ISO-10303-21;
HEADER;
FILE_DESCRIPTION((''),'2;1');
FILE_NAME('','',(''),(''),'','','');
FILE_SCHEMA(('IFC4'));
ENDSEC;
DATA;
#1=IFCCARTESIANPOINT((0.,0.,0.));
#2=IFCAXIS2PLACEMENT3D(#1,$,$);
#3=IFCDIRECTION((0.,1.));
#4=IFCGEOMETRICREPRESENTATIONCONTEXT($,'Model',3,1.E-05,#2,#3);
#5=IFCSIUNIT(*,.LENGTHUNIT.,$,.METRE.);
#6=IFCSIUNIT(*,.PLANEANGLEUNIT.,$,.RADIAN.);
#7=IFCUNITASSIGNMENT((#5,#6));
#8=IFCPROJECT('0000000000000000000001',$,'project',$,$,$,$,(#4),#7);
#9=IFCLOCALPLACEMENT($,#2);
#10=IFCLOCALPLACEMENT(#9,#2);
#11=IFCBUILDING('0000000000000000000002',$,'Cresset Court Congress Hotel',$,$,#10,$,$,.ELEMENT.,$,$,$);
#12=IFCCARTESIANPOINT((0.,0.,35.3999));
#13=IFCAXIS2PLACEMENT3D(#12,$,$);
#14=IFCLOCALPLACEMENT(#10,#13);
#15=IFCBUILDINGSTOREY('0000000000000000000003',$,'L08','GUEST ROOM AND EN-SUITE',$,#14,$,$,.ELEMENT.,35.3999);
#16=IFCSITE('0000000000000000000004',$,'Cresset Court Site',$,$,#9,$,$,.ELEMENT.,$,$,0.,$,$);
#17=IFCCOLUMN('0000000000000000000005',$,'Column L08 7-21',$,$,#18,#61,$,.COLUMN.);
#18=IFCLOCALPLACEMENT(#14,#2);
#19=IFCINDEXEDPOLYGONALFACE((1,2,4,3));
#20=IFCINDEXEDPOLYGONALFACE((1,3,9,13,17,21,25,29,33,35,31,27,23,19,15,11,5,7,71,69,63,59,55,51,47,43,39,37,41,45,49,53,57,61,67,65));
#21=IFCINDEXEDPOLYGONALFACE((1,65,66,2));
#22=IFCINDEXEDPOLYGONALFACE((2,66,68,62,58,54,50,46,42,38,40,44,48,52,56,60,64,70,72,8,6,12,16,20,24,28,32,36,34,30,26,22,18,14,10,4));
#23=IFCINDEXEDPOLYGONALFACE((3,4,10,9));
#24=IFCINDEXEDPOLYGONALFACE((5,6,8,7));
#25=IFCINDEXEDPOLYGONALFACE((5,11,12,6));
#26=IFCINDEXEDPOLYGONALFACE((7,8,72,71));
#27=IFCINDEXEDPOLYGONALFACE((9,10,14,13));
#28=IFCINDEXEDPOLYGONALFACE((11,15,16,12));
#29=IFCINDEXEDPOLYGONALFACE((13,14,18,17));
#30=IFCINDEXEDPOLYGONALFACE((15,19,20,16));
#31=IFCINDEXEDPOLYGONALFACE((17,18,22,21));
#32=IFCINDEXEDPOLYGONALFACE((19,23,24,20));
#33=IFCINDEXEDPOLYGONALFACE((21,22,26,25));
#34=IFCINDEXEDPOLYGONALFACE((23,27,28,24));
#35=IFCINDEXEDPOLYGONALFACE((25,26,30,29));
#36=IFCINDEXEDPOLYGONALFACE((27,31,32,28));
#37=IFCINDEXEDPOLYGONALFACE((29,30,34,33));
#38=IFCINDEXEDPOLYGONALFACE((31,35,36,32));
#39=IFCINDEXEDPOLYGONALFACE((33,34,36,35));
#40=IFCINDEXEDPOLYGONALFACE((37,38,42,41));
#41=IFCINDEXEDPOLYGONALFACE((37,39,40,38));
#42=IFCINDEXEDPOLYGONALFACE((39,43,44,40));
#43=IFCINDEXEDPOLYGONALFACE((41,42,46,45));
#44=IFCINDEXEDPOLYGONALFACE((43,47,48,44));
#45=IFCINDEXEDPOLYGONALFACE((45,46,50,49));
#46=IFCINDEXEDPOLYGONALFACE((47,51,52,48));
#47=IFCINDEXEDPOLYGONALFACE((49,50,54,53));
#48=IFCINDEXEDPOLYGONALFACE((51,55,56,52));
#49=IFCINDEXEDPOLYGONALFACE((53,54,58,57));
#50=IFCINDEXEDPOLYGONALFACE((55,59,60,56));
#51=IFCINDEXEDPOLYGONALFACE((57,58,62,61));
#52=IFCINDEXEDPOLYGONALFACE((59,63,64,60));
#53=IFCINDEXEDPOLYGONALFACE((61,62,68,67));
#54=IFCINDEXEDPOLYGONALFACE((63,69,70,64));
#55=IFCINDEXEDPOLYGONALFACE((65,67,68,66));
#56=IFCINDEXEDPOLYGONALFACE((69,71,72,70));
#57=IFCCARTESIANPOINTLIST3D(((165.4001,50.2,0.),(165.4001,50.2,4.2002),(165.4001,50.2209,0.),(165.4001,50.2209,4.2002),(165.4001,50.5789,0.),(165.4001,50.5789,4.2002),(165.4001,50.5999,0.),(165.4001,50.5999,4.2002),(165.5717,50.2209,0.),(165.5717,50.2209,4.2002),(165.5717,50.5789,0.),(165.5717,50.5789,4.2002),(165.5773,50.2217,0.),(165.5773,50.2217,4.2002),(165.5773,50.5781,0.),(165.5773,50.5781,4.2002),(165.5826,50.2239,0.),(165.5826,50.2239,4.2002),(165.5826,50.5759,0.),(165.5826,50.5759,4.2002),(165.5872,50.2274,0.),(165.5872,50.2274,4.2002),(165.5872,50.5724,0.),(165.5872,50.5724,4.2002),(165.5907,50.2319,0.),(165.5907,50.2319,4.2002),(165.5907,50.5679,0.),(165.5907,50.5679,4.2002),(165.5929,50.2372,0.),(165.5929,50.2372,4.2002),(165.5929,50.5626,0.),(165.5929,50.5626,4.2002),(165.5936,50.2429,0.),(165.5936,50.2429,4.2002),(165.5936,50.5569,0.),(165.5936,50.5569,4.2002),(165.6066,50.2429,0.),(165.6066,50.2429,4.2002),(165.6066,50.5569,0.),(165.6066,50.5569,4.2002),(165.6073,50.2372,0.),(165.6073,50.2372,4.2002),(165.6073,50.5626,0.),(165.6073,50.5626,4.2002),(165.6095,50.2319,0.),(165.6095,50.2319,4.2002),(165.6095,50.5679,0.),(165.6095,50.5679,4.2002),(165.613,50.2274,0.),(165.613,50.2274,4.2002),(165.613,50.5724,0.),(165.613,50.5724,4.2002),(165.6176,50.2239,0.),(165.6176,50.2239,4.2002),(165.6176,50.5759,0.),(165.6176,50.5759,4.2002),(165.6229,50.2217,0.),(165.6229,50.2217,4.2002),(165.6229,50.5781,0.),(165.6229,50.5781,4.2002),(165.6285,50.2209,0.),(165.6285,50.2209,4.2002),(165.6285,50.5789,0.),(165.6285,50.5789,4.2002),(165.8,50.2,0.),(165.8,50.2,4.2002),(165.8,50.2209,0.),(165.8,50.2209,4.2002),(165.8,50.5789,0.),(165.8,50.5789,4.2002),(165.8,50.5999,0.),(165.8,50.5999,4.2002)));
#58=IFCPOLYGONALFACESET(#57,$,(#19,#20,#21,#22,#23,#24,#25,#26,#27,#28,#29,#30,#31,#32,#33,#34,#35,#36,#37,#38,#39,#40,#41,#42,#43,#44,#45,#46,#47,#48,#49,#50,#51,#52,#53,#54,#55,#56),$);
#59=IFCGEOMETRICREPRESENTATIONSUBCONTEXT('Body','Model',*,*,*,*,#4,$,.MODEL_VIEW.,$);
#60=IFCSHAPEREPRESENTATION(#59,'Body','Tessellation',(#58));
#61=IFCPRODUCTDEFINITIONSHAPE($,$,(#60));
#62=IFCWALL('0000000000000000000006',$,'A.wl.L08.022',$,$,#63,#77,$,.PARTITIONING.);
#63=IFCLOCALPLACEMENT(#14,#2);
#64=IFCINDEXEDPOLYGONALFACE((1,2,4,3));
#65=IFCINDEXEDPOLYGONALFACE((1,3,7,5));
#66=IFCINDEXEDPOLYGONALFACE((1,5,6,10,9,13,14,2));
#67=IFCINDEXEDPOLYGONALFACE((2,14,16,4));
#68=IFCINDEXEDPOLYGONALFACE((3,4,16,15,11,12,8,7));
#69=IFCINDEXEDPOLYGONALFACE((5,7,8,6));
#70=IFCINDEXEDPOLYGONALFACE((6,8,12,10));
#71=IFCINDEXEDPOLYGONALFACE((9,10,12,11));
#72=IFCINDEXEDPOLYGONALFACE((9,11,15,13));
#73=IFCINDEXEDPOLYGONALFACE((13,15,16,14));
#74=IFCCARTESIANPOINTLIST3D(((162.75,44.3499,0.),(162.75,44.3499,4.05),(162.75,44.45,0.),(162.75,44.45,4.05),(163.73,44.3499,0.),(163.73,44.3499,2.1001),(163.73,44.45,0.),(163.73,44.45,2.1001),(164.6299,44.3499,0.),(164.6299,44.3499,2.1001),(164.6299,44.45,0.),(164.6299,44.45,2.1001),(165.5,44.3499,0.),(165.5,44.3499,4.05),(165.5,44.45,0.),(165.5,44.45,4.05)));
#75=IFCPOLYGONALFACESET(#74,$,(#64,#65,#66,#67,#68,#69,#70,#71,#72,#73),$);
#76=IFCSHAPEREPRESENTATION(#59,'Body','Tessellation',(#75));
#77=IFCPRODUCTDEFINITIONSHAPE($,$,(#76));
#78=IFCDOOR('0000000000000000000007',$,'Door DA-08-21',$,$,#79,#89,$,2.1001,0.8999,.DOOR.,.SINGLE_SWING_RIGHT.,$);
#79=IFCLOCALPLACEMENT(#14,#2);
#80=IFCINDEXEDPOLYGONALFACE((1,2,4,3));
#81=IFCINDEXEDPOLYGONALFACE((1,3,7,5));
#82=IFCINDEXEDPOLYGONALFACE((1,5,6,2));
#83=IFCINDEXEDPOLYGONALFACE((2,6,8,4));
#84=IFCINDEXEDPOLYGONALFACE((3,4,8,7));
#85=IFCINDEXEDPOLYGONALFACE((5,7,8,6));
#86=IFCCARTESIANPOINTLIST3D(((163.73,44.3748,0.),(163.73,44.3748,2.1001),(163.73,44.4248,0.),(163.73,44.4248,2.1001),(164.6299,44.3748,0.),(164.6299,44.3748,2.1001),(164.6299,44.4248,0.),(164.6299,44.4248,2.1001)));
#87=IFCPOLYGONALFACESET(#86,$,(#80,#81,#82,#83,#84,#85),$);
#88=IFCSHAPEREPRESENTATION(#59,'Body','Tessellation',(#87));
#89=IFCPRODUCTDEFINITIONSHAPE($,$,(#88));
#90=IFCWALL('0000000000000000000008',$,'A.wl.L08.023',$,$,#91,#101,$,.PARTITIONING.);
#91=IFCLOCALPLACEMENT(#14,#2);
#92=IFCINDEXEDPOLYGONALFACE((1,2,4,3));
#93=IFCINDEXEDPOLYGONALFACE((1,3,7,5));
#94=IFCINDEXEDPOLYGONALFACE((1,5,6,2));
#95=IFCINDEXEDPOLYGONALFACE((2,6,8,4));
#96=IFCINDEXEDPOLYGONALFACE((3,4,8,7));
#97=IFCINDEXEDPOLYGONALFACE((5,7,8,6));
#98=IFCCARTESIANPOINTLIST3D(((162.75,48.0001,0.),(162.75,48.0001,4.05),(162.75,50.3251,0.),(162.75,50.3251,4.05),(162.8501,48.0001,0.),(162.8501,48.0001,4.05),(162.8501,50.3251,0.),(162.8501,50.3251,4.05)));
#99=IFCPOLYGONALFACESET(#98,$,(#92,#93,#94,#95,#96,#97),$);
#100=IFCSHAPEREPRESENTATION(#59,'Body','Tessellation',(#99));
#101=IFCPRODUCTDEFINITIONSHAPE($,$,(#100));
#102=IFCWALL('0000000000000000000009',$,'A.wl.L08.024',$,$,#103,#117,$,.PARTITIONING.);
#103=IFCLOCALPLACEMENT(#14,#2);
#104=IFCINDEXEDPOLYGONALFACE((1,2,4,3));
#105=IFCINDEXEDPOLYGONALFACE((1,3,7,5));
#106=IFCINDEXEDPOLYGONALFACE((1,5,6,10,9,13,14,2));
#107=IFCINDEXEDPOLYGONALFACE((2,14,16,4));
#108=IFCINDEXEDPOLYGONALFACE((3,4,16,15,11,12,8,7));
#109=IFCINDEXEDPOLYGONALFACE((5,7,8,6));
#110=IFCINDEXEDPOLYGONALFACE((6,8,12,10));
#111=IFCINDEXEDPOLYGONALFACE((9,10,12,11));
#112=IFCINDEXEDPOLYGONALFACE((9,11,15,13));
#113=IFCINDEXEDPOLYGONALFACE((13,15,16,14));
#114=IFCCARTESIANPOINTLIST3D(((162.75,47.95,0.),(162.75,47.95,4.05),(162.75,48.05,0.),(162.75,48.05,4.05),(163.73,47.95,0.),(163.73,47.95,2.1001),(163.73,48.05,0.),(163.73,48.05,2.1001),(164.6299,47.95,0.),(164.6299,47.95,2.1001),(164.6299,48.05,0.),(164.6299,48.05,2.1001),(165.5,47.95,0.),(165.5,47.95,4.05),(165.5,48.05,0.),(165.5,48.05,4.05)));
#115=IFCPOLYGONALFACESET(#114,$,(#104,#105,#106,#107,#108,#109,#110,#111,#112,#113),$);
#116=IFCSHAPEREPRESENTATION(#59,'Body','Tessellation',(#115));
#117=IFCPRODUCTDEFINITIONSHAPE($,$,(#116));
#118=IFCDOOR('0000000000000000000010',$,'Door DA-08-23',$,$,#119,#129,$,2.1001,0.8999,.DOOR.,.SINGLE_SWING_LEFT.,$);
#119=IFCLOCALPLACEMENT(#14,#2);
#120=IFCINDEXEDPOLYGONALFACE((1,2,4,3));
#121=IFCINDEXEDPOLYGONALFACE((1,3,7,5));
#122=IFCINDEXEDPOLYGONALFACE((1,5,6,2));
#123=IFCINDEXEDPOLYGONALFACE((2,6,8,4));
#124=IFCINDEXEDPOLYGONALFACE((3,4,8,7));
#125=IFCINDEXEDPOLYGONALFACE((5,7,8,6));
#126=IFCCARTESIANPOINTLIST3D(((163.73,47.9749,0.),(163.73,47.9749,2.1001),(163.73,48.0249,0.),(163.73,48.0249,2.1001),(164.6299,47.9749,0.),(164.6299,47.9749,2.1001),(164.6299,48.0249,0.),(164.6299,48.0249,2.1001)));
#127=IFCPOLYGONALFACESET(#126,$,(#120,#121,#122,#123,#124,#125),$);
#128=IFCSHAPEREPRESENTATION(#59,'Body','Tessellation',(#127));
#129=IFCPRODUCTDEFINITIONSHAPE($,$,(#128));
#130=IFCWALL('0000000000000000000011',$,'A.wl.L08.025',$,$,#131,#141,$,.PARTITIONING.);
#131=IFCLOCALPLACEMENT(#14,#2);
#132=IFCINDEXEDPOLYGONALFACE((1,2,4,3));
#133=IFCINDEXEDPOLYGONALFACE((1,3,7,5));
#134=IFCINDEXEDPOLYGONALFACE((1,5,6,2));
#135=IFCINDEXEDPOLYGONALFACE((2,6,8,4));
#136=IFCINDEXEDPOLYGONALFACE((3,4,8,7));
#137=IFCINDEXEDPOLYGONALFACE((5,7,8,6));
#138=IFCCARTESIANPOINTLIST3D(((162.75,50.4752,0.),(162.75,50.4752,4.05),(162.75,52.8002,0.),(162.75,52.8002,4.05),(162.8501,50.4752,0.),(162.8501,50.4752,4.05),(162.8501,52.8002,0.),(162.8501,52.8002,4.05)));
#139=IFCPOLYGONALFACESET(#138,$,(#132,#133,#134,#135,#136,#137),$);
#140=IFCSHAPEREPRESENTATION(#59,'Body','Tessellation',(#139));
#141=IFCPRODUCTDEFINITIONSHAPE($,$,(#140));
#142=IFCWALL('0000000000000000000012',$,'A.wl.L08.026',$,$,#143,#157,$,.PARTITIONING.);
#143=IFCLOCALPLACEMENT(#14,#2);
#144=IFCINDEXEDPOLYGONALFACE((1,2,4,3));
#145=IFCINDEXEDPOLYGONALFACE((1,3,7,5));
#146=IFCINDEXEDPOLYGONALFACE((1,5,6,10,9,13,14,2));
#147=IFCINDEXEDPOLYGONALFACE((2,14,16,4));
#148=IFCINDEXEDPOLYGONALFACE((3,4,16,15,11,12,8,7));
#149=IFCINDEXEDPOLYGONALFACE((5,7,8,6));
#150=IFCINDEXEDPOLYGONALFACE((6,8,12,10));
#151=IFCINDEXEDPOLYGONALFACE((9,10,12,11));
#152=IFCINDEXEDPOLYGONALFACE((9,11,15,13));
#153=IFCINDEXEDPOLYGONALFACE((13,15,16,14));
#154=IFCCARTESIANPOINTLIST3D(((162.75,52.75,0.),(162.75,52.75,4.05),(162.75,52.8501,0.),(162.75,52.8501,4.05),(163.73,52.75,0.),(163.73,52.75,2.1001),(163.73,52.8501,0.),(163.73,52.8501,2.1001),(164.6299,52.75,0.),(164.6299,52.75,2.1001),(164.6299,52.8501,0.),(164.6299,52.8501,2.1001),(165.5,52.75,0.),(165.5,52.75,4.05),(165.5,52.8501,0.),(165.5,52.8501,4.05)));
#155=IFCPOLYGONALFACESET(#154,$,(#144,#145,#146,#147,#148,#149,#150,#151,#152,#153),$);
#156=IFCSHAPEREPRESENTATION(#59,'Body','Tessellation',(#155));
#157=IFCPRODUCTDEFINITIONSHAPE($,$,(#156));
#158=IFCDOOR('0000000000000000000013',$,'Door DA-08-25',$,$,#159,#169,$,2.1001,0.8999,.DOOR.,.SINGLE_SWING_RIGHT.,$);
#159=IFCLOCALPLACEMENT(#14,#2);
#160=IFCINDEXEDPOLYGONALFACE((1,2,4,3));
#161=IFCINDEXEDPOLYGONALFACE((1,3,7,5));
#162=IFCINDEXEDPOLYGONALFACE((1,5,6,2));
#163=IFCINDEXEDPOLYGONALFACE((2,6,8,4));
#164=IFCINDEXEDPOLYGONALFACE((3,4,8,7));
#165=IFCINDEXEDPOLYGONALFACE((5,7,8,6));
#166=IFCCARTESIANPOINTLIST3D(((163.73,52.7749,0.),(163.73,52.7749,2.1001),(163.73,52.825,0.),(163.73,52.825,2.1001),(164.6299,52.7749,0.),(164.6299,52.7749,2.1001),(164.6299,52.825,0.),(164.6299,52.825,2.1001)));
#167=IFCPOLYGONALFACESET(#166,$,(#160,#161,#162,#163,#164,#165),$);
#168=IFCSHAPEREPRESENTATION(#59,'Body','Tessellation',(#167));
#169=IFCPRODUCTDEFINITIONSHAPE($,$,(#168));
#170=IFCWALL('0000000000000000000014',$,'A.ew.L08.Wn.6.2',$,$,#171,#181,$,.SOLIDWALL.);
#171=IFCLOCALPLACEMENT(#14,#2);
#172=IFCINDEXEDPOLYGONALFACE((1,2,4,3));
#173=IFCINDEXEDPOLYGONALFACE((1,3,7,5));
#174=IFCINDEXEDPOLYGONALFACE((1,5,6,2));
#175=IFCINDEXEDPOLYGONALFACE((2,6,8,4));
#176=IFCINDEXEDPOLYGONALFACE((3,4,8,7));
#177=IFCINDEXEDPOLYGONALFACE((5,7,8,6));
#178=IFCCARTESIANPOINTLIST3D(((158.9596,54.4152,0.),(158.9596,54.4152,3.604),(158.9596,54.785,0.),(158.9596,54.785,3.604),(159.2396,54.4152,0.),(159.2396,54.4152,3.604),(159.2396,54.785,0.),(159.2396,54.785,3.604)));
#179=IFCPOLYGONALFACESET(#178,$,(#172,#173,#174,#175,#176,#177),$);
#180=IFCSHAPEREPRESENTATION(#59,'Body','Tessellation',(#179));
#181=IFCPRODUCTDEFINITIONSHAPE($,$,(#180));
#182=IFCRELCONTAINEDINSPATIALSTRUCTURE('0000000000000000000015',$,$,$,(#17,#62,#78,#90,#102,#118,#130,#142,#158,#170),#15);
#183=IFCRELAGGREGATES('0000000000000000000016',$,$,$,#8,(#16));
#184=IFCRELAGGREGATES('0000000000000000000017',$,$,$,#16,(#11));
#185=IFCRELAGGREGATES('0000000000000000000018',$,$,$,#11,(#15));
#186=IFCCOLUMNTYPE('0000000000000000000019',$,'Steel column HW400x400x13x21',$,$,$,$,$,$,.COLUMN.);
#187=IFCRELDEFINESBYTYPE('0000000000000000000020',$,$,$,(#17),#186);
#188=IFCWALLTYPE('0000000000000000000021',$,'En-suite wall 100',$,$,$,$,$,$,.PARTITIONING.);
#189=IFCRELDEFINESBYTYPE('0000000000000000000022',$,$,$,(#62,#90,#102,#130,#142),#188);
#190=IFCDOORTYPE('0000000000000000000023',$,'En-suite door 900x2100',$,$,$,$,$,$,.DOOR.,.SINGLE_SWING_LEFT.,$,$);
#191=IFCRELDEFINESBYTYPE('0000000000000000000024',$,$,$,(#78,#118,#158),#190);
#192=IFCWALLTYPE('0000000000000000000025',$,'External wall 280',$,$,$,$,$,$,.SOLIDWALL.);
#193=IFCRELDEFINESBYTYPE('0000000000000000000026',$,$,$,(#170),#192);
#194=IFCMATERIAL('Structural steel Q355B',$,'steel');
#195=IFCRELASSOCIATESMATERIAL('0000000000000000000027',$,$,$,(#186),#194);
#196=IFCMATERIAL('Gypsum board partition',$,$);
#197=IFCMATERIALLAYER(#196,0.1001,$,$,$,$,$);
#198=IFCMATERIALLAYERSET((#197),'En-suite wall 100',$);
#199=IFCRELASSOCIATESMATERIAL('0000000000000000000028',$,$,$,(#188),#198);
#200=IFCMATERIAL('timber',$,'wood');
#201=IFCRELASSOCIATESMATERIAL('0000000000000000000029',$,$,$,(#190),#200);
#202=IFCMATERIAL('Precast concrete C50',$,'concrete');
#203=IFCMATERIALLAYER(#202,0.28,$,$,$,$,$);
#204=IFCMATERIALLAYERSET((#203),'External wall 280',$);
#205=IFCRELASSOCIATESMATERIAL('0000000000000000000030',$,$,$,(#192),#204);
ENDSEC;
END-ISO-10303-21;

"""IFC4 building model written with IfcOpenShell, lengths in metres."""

from ifc_helpers import new_model, si_unit, direction, frame, frame_2d, origin, origin_2d, place, context, subcontext, project, spatial, rectangle, i_section, extrude, material, layer, layer_set, material_profile, profile_set, type_object, element, fill, save


model = new_model("IFC4")

# Units and contexts
model_context = context("Model", 3, precision=1e-05, world=origin(), true_north=direction((0.0, 1.0)))
body_context = subcontext(model_context, "Body", "Model", "MODEL_VIEW")
ifc_project = project(units=[si_unit("LENGTHUNIT", "METRE"), si_unit("PLANEANGLEUNIT", "RADIAN")], contexts=[model_context])

# Site, building, storey
site_placement = place(None, origin())
site = spatial("IfcSite", under=ifc_project, at=site_placement, Name="Cresset Court Site", CompositionType="ELEMENT", RefElevation=0.0)
building_placement = place(site_placement, origin())
building = spatial("IfcBuilding", under=site, at=building_placement, Name="Cresset Court Congress Hotel", CompositionType="ELEMENT")
storey_placement = place(building_placement, frame((0.0, 0.0, 35.3999)))
storey = spatial("IfcBuildingStorey", under=building, at=storey_placement, Name="L08", Description="GUEST ROOM AND EN-SUITE", CompositionType="ELEMENT", Elevation=35.3999)

# Column
ifc_material_1 = material(Name="Structural steel Q355B", Category="steel")
ifc_material_profile = material_profile(ifc_material_1, i_section(OverallWidth=0.3999, OverallDepth=0.3999, WebThickness=0.0129, FlangeThickness=0.021, FilletRadius=0.022, at=origin_2d()), Name="HW400x400x13x21")
ifc_profile_set = profile_set([ifc_material_profile], Name="Structural steel Q355B")
column_type = type_object("IfcColumnType", Name="Steel column HW400x400x13x21", PredefinedType="COLUMN", material=ifc_profile_set)
column_placement = place(storey_placement, frame((165.6001, 50.3999, 0.0), z_axis=(0.0, 0.0, 1.0), x_axis=(1.0, 0.0, 0.0)))
element("IfcColumn", 1, at=column_placement, inside=storey, type_object=column_type, Name="Column L08 7-21", PredefinedType="COLUMN", context=body_context, shape_type="SweptSolid", body=[
    extrude(i_section(OverallWidth=0.3999, OverallDepth=0.3999, WebThickness=0.0129, FlangeThickness=0.021, FilletRadius=0.022, at=origin_2d()), origin(), (0.0, 0.0, 1.0), 4.2002),
])

# Wall, opening, door
ifc_material_2 = material(Name="Gypsum board partition")
ifc_layer_1 = layer(ifc_material_2, 0.1001)
ifc_layer_set_1 = layer_set([ifc_layer_1], Name="En-suite wall 100")
wall_type_1 = type_object("IfcWallType", Name="En-suite wall 100", PredefinedType="PARTITIONING", material=ifc_layer_set_1)
wall_1_placement = place(storey_placement, frame((162.75, 44.3999, 0.0), z_axis=(0.0, 0.0, 1.0), x_axis=(1.0, 0.0, 0.0)))
wall_1 = element("IfcWall", 2, at=wall_1_placement, inside=storey, type_object=wall_type_1, Name="A.wl.L08.022", PredefinedType="PARTITIONING", context=body_context, shape_type="SweptSolid", body=[
    extrude(rectangle(XDim=2.75, YDim=0.1001, at=frame_2d((1.375, 0.0))), origin(), (0.0, 0.0, 1.0), 4.05),
])
opening_1_placement = place(wall_1_placement, frame((0.98, 0.0, 0.0)))
opening_1 = element("IfcOpeningElement", 3, at=opening_1_placement, cuts=wall_1, PredefinedType="OPENING", context=body_context, shape_type="SweptSolid", body=[
    extrude(rectangle(XDim=0.8999, YDim=2.1001, at=frame_2d((0.45, 1.05))), frame((0.0, 0.0601, 0.0), z_axis=(0.0, -1.0, 0.0), x_axis=(1.0, 0.0, 0.0)), (0.0, 0.0, 1.0), 0.1201),
])
ifc_material_3 = material(Name="timber", Category="wood")
door_type = type_object("IfcDoorType", Name="En-suite door 900x2100", OperationType="SINGLE_SWING_LEFT", PredefinedType="DOOR", material=ifc_material_3)
door_1_placement = place(opening_1_placement, origin())
door_1 = element("IfcDoor", 4, at=door_1_placement, inside=storey, type_object=door_type, Name="Door DA-08-21", OperationType="SINGLE_SWING_RIGHT", OverallHeight=2.1001, OverallWidth=0.8999, PredefinedType="DOOR", context=body_context, shape_type="SweptSolid", body=[
    extrude(rectangle(XDim=0.8999, YDim=2.1001, at=frame_2d((0.45, 1.05))), frame((0.0, 0.0249, 0.0), z_axis=(0.0, -1.0, 0.0), x_axis=(1.0, 0.0, 0.0)), (0.0, 0.0, 1.0), 0.05),
])
fill(opening_1, door_1)

# Wall
wall_2_placement = place(storey_placement, frame((162.8, 48.0, 0.0), z_axis=(0.0, 0.0, 1.0), x_axis=(0.0, 1.0, 0.0)))
element("IfcWall", 5, at=wall_2_placement, inside=storey, type_object=wall_type_1, Name="A.wl.L08.023", PredefinedType="PARTITIONING", context=body_context, shape_type="SweptSolid", body=[
    extrude(rectangle(XDim=2.325, YDim=0.1001, at=frame_2d((1.1626, 0.0))), origin(), (0.0, 0.0, 1.0), 4.05),
])

# Wall, opening, door
wall_3_placement = place(storey_placement, frame((162.75, 48.0, 0.0), z_axis=(0.0, 0.0, 1.0), x_axis=(1.0, 0.0, 0.0)))
wall_3 = element("IfcWall", 6, at=wall_3_placement, inside=storey, type_object=wall_type_1, Name="A.wl.L08.024", PredefinedType="PARTITIONING", context=body_context, shape_type="SweptSolid", body=[
    extrude(rectangle(XDim=2.75, YDim=0.1001, at=frame_2d((1.375, 0.0))), origin(), (0.0, 0.0, 1.0), 4.05),
])
opening_2_placement = place(wall_3_placement, frame((0.98, 0.0, 0.0)))
opening_2 = element("IfcOpeningElement", 7, at=opening_2_placement, cuts=wall_3, PredefinedType="OPENING", context=body_context, shape_type="SweptSolid", body=[
    extrude(rectangle(XDim=0.8999, YDim=2.1001, at=frame_2d((0.45, 1.05))), frame((0.0, 0.0601, 0.0), z_axis=(0.0, -1.0, 0.0), x_axis=(1.0, 0.0, 0.0)), (0.0, 0.0, 1.0), 0.1201),
])
door_2_placement = place(opening_2_placement, origin())
door_2 = element("IfcDoor", 8, at=door_2_placement, inside=storey, type_object=door_type, Name="Door DA-08-23", OperationType="SINGLE_SWING_LEFT", OverallHeight=2.1001, OverallWidth=0.8999, PredefinedType="DOOR", context=body_context, shape_type="SweptSolid", body=[
    extrude(rectangle(XDim=0.8999, YDim=2.1001, at=frame_2d((0.45, 1.05))), frame((0.0, 0.0249, 0.0), z_axis=(0.0, -1.0, 0.0), x_axis=(1.0, 0.0, 0.0)), (0.0, 0.0, 1.0), 0.05),
])
fill(opening_2, door_2)

# Wall
wall_4_placement = place(storey_placement, frame((162.8, 50.4751, 0.0), z_axis=(0.0, 0.0, 1.0), x_axis=(0.0, 1.0, 0.0)))
element("IfcWall", 9, at=wall_4_placement, inside=storey, type_object=wall_type_1, Name="A.wl.L08.025", PredefinedType="PARTITIONING", context=body_context, shape_type="SweptSolid", body=[
    extrude(rectangle(XDim=2.325, YDim=0.1001, at=frame_2d((1.1626, 0.0))), origin(), (0.0, 0.0, 1.0), 4.05),
])

# Wall, opening, door
wall_5_placement = place(storey_placement, frame((162.75, 52.8, 0.0), z_axis=(0.0, 0.0, 1.0), x_axis=(1.0, 0.0, 0.0)))
wall_5 = element("IfcWall", 10, at=wall_5_placement, inside=storey, type_object=wall_type_1, Name="A.wl.L08.026", PredefinedType="PARTITIONING", context=body_context, shape_type="SweptSolid", body=[
    extrude(rectangle(XDim=2.75, YDim=0.1001, at=frame_2d((1.375, 0.0))), origin(), (0.0, 0.0, 1.0), 4.05),
])
opening_3_placement = place(wall_5_placement, frame((0.98, 0.0, 0.0)))
opening_3 = element("IfcOpeningElement", 11, at=opening_3_placement, cuts=wall_5, PredefinedType="OPENING", context=body_context, shape_type="SweptSolid", body=[
    extrude(rectangle(XDim=0.8999, YDim=2.1001, at=frame_2d((0.45, 1.05))), frame((0.0, 0.0601, 0.0), z_axis=(0.0, -1.0, 0.0), x_axis=(1.0, 0.0, 0.0)), (0.0, 0.0, 1.0), 0.1201),
])
door_3_placement = place(opening_3_placement, origin())
door_3 = element("IfcDoor", 12, at=door_3_placement, inside=storey, type_object=door_type, Name="Door DA-08-25", OperationType="SINGLE_SWING_RIGHT", OverallHeight=2.1001, OverallWidth=0.8999, PredefinedType="DOOR", context=body_context, shape_type="SweptSolid", body=[
    extrude(rectangle(XDim=0.8999, YDim=2.1001, at=frame_2d((0.45, 1.05))), frame((0.0, 0.0249, 0.0), z_axis=(0.0, -1.0, 0.0), x_axis=(1.0, 0.0, 0.0)), (0.0, 0.0, 1.0), 0.05),
])
fill(opening_3, door_3)

# Wall
ifc_material_4 = material(Name="Precast concrete C50", Category="concrete")
ifc_layer_2 = layer(ifc_material_4, 0.28)
ifc_layer_set_2 = layer_set([ifc_layer_2], Name="External wall 280")
wall_type_2 = type_object("IfcWallType", Name="External wall 280", PredefinedType="SOLIDWALL", material=ifc_layer_set_2)
wall_6_placement = place(storey_placement, frame((159.0996, 54.415, 0.0), z_axis=(0.0, 0.0, 1.0), x_axis=(0.0, 1.0, 0.0)))
element("IfcWall", 13, at=wall_6_placement, inside=storey, type_object=wall_type_2, Name="A.ew.L08.Wn.6.2", PredefinedType="SOLIDWALL", context=body_context, shape_type="SweptSolid", body=[
    extrude(rectangle(XDim=0.3699, YDim=0.28, at=frame_2d((0.1851, 0.0))), origin(), (0.0, 0.0, 1.0), 3.604),
])

save(model, "model.ifc")
